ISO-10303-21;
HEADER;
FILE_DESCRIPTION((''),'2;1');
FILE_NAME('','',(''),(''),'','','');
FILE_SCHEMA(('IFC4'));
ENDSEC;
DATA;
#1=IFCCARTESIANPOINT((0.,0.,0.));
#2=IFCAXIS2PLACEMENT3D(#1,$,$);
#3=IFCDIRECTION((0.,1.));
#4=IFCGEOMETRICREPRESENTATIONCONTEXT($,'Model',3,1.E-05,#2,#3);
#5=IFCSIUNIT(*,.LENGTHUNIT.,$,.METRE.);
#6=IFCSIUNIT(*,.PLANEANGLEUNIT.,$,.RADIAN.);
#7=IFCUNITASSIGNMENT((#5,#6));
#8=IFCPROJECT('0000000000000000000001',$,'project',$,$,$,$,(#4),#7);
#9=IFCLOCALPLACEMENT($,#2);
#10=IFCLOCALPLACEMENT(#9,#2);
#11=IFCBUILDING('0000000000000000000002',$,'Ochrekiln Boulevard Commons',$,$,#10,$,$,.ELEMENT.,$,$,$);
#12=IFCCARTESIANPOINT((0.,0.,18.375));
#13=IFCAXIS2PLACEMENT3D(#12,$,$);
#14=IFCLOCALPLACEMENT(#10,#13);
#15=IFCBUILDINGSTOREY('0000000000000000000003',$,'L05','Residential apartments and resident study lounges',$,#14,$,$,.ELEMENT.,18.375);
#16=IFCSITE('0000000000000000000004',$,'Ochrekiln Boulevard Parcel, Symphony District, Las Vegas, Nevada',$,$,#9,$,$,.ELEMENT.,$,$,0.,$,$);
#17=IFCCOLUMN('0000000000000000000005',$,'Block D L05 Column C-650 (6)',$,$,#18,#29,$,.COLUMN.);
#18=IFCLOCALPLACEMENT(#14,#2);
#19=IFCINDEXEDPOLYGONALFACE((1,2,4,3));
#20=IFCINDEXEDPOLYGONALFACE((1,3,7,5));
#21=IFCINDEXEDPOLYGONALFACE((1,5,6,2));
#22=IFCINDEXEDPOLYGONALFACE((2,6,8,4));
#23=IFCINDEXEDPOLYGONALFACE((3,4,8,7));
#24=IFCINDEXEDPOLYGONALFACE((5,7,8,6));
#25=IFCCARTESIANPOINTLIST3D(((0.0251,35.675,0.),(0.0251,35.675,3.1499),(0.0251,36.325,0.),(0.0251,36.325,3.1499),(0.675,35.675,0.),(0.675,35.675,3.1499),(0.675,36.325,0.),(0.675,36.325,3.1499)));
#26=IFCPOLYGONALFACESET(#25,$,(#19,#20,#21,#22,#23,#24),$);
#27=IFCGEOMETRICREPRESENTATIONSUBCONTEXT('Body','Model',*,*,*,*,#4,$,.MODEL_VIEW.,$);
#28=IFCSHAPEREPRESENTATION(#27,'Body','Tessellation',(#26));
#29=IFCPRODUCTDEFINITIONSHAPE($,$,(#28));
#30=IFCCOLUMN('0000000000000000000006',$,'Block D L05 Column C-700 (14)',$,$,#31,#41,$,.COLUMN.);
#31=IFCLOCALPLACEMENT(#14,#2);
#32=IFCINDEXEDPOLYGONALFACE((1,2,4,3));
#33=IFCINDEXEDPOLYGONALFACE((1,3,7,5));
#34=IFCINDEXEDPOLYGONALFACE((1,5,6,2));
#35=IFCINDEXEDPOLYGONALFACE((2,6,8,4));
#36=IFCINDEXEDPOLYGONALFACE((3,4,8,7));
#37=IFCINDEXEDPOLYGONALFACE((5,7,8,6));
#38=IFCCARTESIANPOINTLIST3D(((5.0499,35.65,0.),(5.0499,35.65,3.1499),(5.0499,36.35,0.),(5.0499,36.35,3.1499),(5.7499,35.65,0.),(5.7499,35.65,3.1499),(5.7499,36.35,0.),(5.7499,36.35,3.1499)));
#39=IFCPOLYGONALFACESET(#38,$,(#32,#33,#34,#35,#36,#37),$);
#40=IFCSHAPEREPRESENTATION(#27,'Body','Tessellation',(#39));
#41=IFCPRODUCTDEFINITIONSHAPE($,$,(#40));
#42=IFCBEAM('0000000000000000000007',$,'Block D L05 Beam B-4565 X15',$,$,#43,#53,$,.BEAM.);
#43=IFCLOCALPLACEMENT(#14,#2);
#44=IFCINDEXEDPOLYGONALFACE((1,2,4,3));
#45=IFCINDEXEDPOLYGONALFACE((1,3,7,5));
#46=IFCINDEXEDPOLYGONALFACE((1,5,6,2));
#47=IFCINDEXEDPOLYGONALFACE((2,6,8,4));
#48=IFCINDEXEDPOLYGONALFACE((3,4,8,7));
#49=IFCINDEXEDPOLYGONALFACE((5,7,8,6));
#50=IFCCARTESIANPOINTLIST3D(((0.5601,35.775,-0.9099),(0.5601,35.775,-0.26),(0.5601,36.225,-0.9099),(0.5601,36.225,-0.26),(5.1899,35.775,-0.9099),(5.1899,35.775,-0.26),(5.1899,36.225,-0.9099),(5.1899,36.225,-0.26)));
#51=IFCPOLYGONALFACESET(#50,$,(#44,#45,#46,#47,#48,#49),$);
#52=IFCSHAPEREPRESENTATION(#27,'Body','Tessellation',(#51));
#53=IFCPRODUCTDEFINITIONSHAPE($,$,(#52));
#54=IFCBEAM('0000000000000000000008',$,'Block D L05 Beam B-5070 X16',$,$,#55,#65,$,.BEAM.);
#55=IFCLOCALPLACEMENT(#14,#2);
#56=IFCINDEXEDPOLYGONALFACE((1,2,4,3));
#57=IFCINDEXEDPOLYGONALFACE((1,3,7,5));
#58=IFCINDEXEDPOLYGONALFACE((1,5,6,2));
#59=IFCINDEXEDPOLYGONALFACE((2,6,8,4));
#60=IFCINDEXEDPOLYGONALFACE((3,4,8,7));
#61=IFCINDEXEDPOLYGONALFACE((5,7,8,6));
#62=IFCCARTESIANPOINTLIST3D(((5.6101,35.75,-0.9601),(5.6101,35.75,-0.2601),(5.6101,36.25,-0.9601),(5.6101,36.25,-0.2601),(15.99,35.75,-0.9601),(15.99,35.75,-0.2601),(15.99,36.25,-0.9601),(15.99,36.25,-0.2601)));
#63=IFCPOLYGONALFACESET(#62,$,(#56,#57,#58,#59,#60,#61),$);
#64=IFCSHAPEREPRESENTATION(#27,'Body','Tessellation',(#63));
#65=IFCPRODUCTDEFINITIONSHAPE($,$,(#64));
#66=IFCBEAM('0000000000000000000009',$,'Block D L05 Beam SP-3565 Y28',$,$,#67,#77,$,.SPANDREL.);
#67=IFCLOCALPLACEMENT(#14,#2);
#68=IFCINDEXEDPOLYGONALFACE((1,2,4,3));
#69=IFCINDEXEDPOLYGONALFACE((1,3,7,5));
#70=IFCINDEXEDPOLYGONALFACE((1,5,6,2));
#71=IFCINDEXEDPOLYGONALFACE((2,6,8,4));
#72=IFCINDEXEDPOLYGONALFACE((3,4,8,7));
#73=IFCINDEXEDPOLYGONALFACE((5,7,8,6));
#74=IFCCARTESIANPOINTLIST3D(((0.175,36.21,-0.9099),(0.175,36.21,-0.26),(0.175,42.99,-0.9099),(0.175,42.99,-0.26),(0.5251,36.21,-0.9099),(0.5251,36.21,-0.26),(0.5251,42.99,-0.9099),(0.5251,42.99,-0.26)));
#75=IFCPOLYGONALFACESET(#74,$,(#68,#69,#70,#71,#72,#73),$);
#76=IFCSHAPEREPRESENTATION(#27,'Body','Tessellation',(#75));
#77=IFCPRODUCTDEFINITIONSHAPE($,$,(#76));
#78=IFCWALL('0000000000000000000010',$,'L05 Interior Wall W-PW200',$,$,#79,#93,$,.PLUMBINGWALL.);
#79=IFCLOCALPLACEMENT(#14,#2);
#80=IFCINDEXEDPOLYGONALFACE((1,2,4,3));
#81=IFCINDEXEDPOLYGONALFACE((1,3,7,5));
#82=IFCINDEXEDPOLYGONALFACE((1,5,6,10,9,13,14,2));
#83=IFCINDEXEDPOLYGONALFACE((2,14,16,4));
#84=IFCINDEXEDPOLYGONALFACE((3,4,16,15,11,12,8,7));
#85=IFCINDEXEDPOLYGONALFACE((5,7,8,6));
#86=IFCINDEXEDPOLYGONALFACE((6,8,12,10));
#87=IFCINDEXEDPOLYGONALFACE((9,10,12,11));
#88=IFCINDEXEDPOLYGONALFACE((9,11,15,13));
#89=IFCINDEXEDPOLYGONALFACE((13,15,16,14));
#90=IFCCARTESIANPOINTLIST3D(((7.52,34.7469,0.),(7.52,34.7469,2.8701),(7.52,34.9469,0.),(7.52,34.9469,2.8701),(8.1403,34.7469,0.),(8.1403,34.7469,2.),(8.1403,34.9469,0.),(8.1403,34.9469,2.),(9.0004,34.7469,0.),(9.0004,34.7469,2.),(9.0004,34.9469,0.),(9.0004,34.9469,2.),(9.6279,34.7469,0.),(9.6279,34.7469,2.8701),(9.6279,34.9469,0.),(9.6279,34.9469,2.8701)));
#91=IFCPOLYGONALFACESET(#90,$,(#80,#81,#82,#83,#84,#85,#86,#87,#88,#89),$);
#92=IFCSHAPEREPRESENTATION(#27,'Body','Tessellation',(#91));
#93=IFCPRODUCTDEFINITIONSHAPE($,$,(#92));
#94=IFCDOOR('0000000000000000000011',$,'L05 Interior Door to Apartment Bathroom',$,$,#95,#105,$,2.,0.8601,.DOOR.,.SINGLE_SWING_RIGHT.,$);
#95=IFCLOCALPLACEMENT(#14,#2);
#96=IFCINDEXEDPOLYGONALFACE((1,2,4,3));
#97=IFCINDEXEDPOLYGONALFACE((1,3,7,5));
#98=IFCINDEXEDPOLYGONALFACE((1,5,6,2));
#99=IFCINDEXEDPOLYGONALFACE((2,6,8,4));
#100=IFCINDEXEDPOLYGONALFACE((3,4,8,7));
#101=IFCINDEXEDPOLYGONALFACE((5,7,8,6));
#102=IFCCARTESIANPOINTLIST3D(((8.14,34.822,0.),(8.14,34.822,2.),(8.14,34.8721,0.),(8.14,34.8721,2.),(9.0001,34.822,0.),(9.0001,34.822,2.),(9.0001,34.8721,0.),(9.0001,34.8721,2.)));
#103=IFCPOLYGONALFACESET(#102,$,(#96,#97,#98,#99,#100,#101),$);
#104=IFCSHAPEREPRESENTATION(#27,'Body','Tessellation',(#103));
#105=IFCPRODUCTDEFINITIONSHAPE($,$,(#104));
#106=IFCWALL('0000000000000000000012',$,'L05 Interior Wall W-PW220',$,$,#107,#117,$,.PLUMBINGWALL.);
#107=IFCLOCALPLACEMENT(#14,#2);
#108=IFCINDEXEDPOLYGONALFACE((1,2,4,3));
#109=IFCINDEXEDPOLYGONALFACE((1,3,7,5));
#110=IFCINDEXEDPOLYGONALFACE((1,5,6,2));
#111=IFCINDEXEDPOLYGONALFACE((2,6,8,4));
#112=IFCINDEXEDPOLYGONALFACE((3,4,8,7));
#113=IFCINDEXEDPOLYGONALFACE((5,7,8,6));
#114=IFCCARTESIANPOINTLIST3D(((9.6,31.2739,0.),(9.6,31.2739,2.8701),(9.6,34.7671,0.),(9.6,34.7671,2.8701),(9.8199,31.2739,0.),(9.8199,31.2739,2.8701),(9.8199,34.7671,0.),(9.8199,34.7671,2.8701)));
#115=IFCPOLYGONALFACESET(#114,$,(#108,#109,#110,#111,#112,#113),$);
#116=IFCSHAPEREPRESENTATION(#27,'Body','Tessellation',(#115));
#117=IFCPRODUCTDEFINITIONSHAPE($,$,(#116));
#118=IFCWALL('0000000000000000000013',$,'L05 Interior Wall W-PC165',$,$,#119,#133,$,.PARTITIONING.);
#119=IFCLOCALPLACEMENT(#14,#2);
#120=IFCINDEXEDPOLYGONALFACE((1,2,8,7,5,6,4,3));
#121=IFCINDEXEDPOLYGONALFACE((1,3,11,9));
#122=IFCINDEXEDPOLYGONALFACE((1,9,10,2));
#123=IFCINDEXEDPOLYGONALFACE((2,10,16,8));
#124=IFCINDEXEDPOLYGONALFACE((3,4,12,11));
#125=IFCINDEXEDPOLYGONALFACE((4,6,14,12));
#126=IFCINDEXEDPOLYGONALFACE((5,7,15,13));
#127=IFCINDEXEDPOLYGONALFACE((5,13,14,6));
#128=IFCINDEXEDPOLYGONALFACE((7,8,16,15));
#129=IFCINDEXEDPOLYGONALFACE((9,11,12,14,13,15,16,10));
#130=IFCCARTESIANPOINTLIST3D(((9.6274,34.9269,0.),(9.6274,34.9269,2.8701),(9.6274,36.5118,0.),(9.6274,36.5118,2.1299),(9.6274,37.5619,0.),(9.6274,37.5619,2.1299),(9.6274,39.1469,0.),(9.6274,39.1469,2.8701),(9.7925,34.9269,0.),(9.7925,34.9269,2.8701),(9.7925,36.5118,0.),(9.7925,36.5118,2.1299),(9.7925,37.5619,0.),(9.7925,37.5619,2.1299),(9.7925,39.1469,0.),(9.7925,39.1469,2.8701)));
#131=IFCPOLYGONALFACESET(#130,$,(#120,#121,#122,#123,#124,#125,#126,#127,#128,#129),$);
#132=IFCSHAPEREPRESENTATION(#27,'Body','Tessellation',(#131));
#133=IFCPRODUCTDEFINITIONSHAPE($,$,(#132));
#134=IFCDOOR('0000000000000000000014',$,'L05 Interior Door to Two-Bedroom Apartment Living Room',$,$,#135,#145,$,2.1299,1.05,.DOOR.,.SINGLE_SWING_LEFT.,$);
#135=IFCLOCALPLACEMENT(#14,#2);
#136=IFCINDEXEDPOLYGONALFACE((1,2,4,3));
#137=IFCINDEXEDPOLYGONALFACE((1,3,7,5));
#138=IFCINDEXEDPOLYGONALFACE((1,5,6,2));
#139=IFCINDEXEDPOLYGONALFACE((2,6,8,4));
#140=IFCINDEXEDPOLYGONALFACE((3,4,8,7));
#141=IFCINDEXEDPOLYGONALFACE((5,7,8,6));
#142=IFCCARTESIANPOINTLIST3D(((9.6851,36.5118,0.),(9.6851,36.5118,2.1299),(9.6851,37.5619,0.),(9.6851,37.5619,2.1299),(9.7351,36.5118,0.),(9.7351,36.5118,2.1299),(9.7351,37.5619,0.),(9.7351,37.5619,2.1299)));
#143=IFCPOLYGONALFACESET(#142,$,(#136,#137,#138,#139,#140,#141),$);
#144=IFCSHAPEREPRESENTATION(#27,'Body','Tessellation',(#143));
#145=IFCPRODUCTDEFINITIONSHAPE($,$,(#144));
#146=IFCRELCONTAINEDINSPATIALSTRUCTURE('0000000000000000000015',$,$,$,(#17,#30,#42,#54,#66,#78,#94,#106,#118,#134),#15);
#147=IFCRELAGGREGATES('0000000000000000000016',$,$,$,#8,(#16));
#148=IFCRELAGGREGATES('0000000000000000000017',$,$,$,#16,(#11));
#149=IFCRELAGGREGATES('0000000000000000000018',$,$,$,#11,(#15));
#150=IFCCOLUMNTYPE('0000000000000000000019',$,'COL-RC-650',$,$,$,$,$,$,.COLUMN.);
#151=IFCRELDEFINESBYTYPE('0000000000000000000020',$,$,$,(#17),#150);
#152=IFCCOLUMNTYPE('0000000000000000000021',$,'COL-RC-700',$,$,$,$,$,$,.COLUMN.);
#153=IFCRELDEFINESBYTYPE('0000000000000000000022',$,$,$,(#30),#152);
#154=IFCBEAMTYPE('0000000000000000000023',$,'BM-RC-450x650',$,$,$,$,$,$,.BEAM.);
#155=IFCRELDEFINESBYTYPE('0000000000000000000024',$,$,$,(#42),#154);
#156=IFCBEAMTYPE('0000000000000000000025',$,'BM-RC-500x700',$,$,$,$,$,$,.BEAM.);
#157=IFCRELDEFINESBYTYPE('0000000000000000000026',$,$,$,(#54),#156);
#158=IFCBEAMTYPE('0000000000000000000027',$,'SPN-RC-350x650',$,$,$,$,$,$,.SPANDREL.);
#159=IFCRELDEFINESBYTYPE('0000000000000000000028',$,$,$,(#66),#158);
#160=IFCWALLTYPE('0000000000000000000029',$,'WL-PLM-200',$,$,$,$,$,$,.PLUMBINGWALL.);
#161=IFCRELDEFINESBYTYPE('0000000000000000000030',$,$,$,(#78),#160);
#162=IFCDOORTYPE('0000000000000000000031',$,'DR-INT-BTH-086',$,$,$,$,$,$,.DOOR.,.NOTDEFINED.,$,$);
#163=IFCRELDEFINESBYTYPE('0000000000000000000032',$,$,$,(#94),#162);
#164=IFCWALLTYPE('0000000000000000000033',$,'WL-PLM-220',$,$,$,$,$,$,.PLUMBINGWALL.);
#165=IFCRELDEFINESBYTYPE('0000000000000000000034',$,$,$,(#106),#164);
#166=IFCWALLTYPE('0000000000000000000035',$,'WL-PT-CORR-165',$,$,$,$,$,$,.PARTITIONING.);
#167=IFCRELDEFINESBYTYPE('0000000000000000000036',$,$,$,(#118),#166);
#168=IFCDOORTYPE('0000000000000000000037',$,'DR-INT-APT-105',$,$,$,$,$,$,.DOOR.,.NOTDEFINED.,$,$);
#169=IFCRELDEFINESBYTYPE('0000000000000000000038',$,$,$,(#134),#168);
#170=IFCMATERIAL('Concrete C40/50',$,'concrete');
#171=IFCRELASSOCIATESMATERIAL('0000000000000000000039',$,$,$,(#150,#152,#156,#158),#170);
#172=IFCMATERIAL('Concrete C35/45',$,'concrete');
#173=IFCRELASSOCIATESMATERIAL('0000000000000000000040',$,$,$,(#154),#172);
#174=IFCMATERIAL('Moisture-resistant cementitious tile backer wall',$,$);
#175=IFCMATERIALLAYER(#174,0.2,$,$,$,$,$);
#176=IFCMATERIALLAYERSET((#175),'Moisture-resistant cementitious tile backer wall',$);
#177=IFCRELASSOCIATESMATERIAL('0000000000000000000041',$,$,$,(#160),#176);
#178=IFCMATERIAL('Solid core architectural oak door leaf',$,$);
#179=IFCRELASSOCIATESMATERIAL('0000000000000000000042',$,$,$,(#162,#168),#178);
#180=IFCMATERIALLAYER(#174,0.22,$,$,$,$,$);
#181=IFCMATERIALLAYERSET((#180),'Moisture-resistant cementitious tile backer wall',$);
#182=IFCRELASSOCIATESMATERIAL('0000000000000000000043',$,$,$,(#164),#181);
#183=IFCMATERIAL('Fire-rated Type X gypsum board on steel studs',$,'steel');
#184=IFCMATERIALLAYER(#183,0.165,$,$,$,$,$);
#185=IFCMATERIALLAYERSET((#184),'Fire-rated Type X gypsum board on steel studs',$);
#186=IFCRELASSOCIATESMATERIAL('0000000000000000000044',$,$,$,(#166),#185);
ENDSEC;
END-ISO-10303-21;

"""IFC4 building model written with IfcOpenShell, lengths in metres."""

from ifc_helpers import new_model, si_unit, direction, frame, frame_2d, origin, origin_2d, place, context, subcontext, project, spatial, rectangle, extrude, material, layer, layer_set, material_profile, profile_set, type_object, element, fill, save


model = new_model("IFC4")

# Units and contexts
model_context = context("Model", 3, precision=1e-05, world=origin(), true_north=direction((0.0, 1.0)))
body_context = subcontext(model_context, "Body", "Model", "MODEL_VIEW")
ifc_project = project(units=[si_unit("LENGTHUNIT", "METRE"), si_unit("PLANEANGLEUNIT", "RADIAN")], contexts=[model_context])

# Site, building, storey
site_placement = place(None, origin())
site = spatial("IfcSite", under=ifc_project, at=site_placement, Name="Ochrekiln Boulevard Parcel, Symphony District, Las Vegas, Nevada", CompositionType="ELEMENT", RefElevation=0.0)
building_placement = place(site_placement, origin())
building = spatial("IfcBuilding", under=site, at=building_placement, Name="Ochrekiln Boulevard Commons", CompositionType="ELEMENT")
storey_placement = place(building_placement, frame((0.0, 0.0, 18.375)))
storey = spatial("IfcBuildingStorey", under=building, at=storey_placement, Name="L05", Description="Residential apartments and resident study lounges", CompositionType="ELEMENT", Elevation=18.375)

# Columns
ifc_material_1 = material(Name="Concrete C40/50", Category="concrete")
ifc_material_profile_1 = material_profile(ifc_material_1, rectangle(XDim=0.6499, YDim=0.6499, at=origin_2d()), Name="RC-COL-650x650")
ifc_profile_set_1 = profile_set([ifc_material_profile_1], Name="Concrete C40/50")
column_type_1 = type_object("IfcColumnType", Name="COL-RC-650", PredefinedType="COLUMN", material=ifc_profile_set_1)
column_1_placement = place(storey_placement, frame((0.3501, 36.0, 0.0), z_axis=(0.0, 0.0, 1.0), x_axis=(1.0, 0.0, 0.0)))
element("IfcColumn", 1, at=column_1_placement, inside=storey, type_object=column_type_1, Name="Block D L05 Column C-650 (6)", PredefinedType="COLUMN", context=body_context, shape_type="SweptSolid", body=[
    extrude(rectangle(XDim=0.6499, YDim=0.6499, at=origin_2d()), origin(), (0.0, 0.0, 1.0), 3.1499),
])
ifc_material_profile_2 = material_profile(ifc_material_1, rectangle(XDim=0.7, YDim=0.7, at=origin_2d()), Name="RC-COL-700x700")
ifc_profile_set_2 = profile_set([ifc_material_profile_2], Name="Concrete C40/50")
column_type_2 = type_object("IfcColumnType", Name="COL-RC-700", PredefinedType="COLUMN", material=ifc_profile_set_2)
column_2_placement = place(storey_placement, frame((5.3999, 36.0, 0.0), z_axis=(0.0, 0.0, 1.0), x_axis=(1.0, 0.0, 0.0)))
element("IfcColumn", 2, at=column_2_placement, inside=storey, type_object=column_type_2, Name="Block D L05 Column C-700 (14)", PredefinedType="COLUMN", context=body_context, shape_type="SweptSolid", body=[
    extrude(rectangle(XDim=0.7, YDim=0.7, at=origin_2d()), origin(), (0.0, 0.0, 1.0), 3.1499),
])

# Beams
ifc_material_2 = material(Name="Concrete C35/45", Category="concrete")
ifc_material_profile_3 = material_profile(ifc_material_2, rectangle(XDim=0.45, YDim=0.6499, at=origin_2d()), Name="RC-BM-450x650")
ifc_profile_set_3 = profile_set([ifc_material_profile_3], Name="Concrete C35/45")
beam_type_1 = type_object("IfcBeamType", Name="BM-RC-450x650", PredefinedType="BEAM", material=ifc_profile_set_3)
beam_1_placement = place(storey_placement, frame((0.5601, 36.0, -0.585), z_axis=(1.0, 0.0, 0.0), x_axis=(0.0, 1.0, 0.0)))
element("IfcBeam", 3, at=beam_1_placement, inside=storey, type_object=beam_type_1, Name="Block D L05 Beam B-4565 X15", PredefinedType="BEAM", context=body_context, shape_type="SweptSolid", body=[
    extrude(rectangle(XDim=0.45, YDim=0.6499, at=origin_2d()), origin(), (0.0, 0.0, 1.0), 4.6299),
])
ifc_material_profile_4 = material_profile(ifc_material_1, rectangle(XDim=0.5, YDim=0.7, at=origin_2d()), Name="RC-BM-500x700")
ifc_profile_set_4 = profile_set([ifc_material_profile_4], Name="Concrete C40/50")
beam_type_2 = type_object("IfcBeamType", Name="BM-RC-500x700", PredefinedType="BEAM", material=ifc_profile_set_4)
beam_2_placement = place(storey_placement, frame((5.6101, 36.0, -0.6101), z_axis=(1.0, 0.0, 0.0), x_axis=(0.0, 1.0, 0.0)))
element("IfcBeam", 4, at=beam_2_placement, inside=storey, type_object=beam_type_2, Name="Block D L05 Beam B-5070 X16", PredefinedType="BEAM", context=body_context, shape_type="SweptSolid", body=[
    extrude(rectangle(XDim=0.5, YDim=0.7, at=origin_2d()), origin(), (0.0, 0.0, 1.0), 10.3799),
])
ifc_material_profile_5 = material_profile(ifc_material_1, rectangle(XDim=0.3501, YDim=0.6499, at=origin_2d()), Name="RC-SPN-350x650")
ifc_profile_set_5 = profile_set([ifc_material_profile_5], Name="Concrete C40/50")
beam_type_3 = type_object("IfcBeamType", Name="SPN-RC-350x650", PredefinedType="SPANDREL", material=ifc_profile_set_5)
beam_3_placement = place(storey_placement, frame((0.3501, 36.21, -0.585), z_axis=(0.0, 1.0, 0.0), x_axis=(-1.0, 0.0, 0.0)))
element("IfcBeam", 5, at=beam_3_placement, inside=storey, type_object=beam_type_3, Name="Block D L05 Beam SP-3565 Y28", PredefinedType="SPANDREL", context=body_context, shape_type="SweptSolid", body=[
    extrude(rectangle(XDim=0.3501, YDim=0.6499, at=origin_2d()), origin(), (0.0, 0.0, 1.0), 6.78),
])

# Wall, opening, door
ifc_material_3 = material(Name="Moisture-resistant cementitious tile backer wall")
ifc_layer_1 = layer(ifc_material_3, 0.2)
ifc_layer_set_1 = layer_set([ifc_layer_1], Name="Moisture-resistant cementitious tile backer wall")
wall_type_1 = type_object("IfcWallType", Name="WL-PLM-200", PredefinedType="PLUMBINGWALL", material=ifc_layer_set_1)
wall_1_placement = place(storey_placement, frame((7.52, 34.8469, 0.0), z_axis=(0.0, 0.0, 1.0), x_axis=(1.0, 0.0, 0.0)))
wall_1 = element("IfcWall", 6, at=wall_1_placement, inside=storey, type_object=wall_type_1, Name="L05 Interior Wall W-PW200", PredefinedType="PLUMBINGWALL", context=body_context, shape_type="SweptSolid", body=[
    extrude(rectangle(XDim=2.1079, YDim=0.2, at=frame_2d((1.054, 0.0))), origin(), (0.0, 0.0, 1.0), 2.8701),
])
opening_1_placement = place(wall_1_placement, frame((0.6201, 0.0, 0.0)))
opening_1 = element("IfcOpeningElement", 7, at=opening_1_placement, cuts=wall_1, PredefinedType="OPENING", context=body_context, shape_type="SweptSolid", body=[
    extrude(rectangle(XDim=0.8601, YDim=2.0, at=frame_2d((0.4302, 1.0))), frame((0.0, 0.1099, 0.0), z_axis=(0.0, -1.0, 0.0), x_axis=(1.0, 0.0, 0.0)), (0.0, 0.0, 1.0), 0.22),
])
ifc_material_4 = material(Name="Solid core architectural oak door leaf")
door_type_1 = type_object("IfcDoorType", Name="DR-INT-BTH-086", OperationType="NOTDEFINED", PredefinedType="DOOR", material=ifc_material_4)
door_1_placement = place(opening_1_placement, frame((0.8601, 0.0, 0.0), z_axis=(0.0, 0.0, 1.0), x_axis=(-1.0, 0.0, 0.0)))
door_1 = element("IfcDoor", 8, at=door_1_placement, inside=storey, type_object=door_type_1, Name="L05 Interior Door to Apartment Bathroom", OperationType="SINGLE_SWING_RIGHT", OverallHeight=2.0, OverallWidth=0.8601, PredefinedType="DOOR", context=body_context, shape_type="SweptSolid", body=[
    extrude(rectangle(XDim=0.8601, YDim=2.0, at=frame_2d((0.4302, 1.0))), frame((0.0, 0.0249, 0.0), z_axis=(0.0, -1.0, 0.0), x_axis=(1.0, 0.0, 0.0)), (0.0, 0.0, 1.0), 0.05),
])
fill(opening_1, door_1)

# Wall
ifc_layer_2 = layer(ifc_material_3, 0.22)
ifc_layer_set_2 = layer_set([ifc_layer_2], Name="Moisture-resistant cementitious tile backer wall")
wall_type_2 = type_object("IfcWallType", Name="WL-PLM-220", PredefinedType="PLUMBINGWALL", material=ifc_layer_set_2)
wall_2_placement = place(storey_placement, frame((9.71, 31.2739, 0.0), z_axis=(0.0, 0.0, 1.0), x_axis=(0.0, 1.0, 0.0)))
element("IfcWall", 9, at=wall_2_placement, inside=storey, type_object=wall_type_2, Name="L05 Interior Wall W-PW220", PredefinedType="PLUMBINGWALL", context=body_context, shape_type="SweptSolid", body=[
    extrude(rectangle(XDim=3.4932, YDim=0.22, at=frame_2d((1.7466, 0.0))), origin(), (0.0, 0.0, 1.0), 2.8701),
])

# Wall, opening, door
ifc_material_5 = material(Name="Fire-rated Type X gypsum board on steel studs", Category="steel")
ifc_layer_3 = layer(ifc_material_5, 0.165)
ifc_layer_set_3 = layer_set([ifc_layer_3], Name="Fire-rated Type X gypsum board on steel studs")
wall_type_3 = type_object("IfcWallType", Name="WL-PT-CORR-165", PredefinedType="PARTITIONING", material=ifc_layer_set_3)
wall_3_placement = place(storey_placement, frame((9.71, 34.927, 0.0), z_axis=(0.0, 0.0, 1.0), x_axis=(0.0, 1.0, 0.0)))
wall_3 = element("IfcWall", 10, at=wall_3_placement, inside=storey, type_object=wall_type_3, Name="L05 Interior Wall W-PC165", PredefinedType="PARTITIONING", context=body_context, shape_type="SweptSolid", body=[
    extrude(rectangle(XDim=4.22, YDim=0.165, at=frame_2d((2.1099, 0.0))), origin(), (0.0, 0.0, 1.0), 2.8701),
])
opening_2_placement = place(wall_3_placement, frame((1.585, 0.0, 0.0)))
opening_2 = element("IfcOpeningElement", 11, at=opening_2_placement, cuts=wall_3, PredefinedType="OPENING", context=body_context, shape_type="SweptSolid", body=[
    extrude(rectangle(XDim=1.05, YDim=2.1299, at=frame_2d((0.5249, 1.0649))), frame((0.0, 0.0925, 0.0), z_axis=(0.0, -1.0, 0.0), x_axis=(1.0, 0.0, 0.0)), (0.0, 0.0, 1.0), 0.1851),
])
door_type_2 = type_object("IfcDoorType", Name="DR-INT-APT-105", OperationType="NOTDEFINED", PredefinedType="DOOR", material=ifc_material_4)
door_2_placement = place(opening_2_placement, origin())
door_2 = element("IfcDoor", 12, at=door_2_placement, inside=storey, type_object=door_type_2, Name="L05 Interior Door to Two-Bedroom Apartment Living Room", OperationType="SINGLE_SWING_LEFT", OverallHeight=2.1299, OverallWidth=1.05, PredefinedType="DOOR", context=body_context, shape_type="SweptSolid", body=[
    extrude(rectangle(XDim=1.05, YDim=2.1299, at=frame_2d((0.5249, 1.0649))), frame((0.0, 0.0249, 0.0), z_axis=(0.0, -1.0, 0.0), x_axis=(1.0, 0.0, 0.0)), (0.0, 0.0, 1.0), 0.05),
])
fill(opening_2, door_2)

save(model, "model.ifc")
